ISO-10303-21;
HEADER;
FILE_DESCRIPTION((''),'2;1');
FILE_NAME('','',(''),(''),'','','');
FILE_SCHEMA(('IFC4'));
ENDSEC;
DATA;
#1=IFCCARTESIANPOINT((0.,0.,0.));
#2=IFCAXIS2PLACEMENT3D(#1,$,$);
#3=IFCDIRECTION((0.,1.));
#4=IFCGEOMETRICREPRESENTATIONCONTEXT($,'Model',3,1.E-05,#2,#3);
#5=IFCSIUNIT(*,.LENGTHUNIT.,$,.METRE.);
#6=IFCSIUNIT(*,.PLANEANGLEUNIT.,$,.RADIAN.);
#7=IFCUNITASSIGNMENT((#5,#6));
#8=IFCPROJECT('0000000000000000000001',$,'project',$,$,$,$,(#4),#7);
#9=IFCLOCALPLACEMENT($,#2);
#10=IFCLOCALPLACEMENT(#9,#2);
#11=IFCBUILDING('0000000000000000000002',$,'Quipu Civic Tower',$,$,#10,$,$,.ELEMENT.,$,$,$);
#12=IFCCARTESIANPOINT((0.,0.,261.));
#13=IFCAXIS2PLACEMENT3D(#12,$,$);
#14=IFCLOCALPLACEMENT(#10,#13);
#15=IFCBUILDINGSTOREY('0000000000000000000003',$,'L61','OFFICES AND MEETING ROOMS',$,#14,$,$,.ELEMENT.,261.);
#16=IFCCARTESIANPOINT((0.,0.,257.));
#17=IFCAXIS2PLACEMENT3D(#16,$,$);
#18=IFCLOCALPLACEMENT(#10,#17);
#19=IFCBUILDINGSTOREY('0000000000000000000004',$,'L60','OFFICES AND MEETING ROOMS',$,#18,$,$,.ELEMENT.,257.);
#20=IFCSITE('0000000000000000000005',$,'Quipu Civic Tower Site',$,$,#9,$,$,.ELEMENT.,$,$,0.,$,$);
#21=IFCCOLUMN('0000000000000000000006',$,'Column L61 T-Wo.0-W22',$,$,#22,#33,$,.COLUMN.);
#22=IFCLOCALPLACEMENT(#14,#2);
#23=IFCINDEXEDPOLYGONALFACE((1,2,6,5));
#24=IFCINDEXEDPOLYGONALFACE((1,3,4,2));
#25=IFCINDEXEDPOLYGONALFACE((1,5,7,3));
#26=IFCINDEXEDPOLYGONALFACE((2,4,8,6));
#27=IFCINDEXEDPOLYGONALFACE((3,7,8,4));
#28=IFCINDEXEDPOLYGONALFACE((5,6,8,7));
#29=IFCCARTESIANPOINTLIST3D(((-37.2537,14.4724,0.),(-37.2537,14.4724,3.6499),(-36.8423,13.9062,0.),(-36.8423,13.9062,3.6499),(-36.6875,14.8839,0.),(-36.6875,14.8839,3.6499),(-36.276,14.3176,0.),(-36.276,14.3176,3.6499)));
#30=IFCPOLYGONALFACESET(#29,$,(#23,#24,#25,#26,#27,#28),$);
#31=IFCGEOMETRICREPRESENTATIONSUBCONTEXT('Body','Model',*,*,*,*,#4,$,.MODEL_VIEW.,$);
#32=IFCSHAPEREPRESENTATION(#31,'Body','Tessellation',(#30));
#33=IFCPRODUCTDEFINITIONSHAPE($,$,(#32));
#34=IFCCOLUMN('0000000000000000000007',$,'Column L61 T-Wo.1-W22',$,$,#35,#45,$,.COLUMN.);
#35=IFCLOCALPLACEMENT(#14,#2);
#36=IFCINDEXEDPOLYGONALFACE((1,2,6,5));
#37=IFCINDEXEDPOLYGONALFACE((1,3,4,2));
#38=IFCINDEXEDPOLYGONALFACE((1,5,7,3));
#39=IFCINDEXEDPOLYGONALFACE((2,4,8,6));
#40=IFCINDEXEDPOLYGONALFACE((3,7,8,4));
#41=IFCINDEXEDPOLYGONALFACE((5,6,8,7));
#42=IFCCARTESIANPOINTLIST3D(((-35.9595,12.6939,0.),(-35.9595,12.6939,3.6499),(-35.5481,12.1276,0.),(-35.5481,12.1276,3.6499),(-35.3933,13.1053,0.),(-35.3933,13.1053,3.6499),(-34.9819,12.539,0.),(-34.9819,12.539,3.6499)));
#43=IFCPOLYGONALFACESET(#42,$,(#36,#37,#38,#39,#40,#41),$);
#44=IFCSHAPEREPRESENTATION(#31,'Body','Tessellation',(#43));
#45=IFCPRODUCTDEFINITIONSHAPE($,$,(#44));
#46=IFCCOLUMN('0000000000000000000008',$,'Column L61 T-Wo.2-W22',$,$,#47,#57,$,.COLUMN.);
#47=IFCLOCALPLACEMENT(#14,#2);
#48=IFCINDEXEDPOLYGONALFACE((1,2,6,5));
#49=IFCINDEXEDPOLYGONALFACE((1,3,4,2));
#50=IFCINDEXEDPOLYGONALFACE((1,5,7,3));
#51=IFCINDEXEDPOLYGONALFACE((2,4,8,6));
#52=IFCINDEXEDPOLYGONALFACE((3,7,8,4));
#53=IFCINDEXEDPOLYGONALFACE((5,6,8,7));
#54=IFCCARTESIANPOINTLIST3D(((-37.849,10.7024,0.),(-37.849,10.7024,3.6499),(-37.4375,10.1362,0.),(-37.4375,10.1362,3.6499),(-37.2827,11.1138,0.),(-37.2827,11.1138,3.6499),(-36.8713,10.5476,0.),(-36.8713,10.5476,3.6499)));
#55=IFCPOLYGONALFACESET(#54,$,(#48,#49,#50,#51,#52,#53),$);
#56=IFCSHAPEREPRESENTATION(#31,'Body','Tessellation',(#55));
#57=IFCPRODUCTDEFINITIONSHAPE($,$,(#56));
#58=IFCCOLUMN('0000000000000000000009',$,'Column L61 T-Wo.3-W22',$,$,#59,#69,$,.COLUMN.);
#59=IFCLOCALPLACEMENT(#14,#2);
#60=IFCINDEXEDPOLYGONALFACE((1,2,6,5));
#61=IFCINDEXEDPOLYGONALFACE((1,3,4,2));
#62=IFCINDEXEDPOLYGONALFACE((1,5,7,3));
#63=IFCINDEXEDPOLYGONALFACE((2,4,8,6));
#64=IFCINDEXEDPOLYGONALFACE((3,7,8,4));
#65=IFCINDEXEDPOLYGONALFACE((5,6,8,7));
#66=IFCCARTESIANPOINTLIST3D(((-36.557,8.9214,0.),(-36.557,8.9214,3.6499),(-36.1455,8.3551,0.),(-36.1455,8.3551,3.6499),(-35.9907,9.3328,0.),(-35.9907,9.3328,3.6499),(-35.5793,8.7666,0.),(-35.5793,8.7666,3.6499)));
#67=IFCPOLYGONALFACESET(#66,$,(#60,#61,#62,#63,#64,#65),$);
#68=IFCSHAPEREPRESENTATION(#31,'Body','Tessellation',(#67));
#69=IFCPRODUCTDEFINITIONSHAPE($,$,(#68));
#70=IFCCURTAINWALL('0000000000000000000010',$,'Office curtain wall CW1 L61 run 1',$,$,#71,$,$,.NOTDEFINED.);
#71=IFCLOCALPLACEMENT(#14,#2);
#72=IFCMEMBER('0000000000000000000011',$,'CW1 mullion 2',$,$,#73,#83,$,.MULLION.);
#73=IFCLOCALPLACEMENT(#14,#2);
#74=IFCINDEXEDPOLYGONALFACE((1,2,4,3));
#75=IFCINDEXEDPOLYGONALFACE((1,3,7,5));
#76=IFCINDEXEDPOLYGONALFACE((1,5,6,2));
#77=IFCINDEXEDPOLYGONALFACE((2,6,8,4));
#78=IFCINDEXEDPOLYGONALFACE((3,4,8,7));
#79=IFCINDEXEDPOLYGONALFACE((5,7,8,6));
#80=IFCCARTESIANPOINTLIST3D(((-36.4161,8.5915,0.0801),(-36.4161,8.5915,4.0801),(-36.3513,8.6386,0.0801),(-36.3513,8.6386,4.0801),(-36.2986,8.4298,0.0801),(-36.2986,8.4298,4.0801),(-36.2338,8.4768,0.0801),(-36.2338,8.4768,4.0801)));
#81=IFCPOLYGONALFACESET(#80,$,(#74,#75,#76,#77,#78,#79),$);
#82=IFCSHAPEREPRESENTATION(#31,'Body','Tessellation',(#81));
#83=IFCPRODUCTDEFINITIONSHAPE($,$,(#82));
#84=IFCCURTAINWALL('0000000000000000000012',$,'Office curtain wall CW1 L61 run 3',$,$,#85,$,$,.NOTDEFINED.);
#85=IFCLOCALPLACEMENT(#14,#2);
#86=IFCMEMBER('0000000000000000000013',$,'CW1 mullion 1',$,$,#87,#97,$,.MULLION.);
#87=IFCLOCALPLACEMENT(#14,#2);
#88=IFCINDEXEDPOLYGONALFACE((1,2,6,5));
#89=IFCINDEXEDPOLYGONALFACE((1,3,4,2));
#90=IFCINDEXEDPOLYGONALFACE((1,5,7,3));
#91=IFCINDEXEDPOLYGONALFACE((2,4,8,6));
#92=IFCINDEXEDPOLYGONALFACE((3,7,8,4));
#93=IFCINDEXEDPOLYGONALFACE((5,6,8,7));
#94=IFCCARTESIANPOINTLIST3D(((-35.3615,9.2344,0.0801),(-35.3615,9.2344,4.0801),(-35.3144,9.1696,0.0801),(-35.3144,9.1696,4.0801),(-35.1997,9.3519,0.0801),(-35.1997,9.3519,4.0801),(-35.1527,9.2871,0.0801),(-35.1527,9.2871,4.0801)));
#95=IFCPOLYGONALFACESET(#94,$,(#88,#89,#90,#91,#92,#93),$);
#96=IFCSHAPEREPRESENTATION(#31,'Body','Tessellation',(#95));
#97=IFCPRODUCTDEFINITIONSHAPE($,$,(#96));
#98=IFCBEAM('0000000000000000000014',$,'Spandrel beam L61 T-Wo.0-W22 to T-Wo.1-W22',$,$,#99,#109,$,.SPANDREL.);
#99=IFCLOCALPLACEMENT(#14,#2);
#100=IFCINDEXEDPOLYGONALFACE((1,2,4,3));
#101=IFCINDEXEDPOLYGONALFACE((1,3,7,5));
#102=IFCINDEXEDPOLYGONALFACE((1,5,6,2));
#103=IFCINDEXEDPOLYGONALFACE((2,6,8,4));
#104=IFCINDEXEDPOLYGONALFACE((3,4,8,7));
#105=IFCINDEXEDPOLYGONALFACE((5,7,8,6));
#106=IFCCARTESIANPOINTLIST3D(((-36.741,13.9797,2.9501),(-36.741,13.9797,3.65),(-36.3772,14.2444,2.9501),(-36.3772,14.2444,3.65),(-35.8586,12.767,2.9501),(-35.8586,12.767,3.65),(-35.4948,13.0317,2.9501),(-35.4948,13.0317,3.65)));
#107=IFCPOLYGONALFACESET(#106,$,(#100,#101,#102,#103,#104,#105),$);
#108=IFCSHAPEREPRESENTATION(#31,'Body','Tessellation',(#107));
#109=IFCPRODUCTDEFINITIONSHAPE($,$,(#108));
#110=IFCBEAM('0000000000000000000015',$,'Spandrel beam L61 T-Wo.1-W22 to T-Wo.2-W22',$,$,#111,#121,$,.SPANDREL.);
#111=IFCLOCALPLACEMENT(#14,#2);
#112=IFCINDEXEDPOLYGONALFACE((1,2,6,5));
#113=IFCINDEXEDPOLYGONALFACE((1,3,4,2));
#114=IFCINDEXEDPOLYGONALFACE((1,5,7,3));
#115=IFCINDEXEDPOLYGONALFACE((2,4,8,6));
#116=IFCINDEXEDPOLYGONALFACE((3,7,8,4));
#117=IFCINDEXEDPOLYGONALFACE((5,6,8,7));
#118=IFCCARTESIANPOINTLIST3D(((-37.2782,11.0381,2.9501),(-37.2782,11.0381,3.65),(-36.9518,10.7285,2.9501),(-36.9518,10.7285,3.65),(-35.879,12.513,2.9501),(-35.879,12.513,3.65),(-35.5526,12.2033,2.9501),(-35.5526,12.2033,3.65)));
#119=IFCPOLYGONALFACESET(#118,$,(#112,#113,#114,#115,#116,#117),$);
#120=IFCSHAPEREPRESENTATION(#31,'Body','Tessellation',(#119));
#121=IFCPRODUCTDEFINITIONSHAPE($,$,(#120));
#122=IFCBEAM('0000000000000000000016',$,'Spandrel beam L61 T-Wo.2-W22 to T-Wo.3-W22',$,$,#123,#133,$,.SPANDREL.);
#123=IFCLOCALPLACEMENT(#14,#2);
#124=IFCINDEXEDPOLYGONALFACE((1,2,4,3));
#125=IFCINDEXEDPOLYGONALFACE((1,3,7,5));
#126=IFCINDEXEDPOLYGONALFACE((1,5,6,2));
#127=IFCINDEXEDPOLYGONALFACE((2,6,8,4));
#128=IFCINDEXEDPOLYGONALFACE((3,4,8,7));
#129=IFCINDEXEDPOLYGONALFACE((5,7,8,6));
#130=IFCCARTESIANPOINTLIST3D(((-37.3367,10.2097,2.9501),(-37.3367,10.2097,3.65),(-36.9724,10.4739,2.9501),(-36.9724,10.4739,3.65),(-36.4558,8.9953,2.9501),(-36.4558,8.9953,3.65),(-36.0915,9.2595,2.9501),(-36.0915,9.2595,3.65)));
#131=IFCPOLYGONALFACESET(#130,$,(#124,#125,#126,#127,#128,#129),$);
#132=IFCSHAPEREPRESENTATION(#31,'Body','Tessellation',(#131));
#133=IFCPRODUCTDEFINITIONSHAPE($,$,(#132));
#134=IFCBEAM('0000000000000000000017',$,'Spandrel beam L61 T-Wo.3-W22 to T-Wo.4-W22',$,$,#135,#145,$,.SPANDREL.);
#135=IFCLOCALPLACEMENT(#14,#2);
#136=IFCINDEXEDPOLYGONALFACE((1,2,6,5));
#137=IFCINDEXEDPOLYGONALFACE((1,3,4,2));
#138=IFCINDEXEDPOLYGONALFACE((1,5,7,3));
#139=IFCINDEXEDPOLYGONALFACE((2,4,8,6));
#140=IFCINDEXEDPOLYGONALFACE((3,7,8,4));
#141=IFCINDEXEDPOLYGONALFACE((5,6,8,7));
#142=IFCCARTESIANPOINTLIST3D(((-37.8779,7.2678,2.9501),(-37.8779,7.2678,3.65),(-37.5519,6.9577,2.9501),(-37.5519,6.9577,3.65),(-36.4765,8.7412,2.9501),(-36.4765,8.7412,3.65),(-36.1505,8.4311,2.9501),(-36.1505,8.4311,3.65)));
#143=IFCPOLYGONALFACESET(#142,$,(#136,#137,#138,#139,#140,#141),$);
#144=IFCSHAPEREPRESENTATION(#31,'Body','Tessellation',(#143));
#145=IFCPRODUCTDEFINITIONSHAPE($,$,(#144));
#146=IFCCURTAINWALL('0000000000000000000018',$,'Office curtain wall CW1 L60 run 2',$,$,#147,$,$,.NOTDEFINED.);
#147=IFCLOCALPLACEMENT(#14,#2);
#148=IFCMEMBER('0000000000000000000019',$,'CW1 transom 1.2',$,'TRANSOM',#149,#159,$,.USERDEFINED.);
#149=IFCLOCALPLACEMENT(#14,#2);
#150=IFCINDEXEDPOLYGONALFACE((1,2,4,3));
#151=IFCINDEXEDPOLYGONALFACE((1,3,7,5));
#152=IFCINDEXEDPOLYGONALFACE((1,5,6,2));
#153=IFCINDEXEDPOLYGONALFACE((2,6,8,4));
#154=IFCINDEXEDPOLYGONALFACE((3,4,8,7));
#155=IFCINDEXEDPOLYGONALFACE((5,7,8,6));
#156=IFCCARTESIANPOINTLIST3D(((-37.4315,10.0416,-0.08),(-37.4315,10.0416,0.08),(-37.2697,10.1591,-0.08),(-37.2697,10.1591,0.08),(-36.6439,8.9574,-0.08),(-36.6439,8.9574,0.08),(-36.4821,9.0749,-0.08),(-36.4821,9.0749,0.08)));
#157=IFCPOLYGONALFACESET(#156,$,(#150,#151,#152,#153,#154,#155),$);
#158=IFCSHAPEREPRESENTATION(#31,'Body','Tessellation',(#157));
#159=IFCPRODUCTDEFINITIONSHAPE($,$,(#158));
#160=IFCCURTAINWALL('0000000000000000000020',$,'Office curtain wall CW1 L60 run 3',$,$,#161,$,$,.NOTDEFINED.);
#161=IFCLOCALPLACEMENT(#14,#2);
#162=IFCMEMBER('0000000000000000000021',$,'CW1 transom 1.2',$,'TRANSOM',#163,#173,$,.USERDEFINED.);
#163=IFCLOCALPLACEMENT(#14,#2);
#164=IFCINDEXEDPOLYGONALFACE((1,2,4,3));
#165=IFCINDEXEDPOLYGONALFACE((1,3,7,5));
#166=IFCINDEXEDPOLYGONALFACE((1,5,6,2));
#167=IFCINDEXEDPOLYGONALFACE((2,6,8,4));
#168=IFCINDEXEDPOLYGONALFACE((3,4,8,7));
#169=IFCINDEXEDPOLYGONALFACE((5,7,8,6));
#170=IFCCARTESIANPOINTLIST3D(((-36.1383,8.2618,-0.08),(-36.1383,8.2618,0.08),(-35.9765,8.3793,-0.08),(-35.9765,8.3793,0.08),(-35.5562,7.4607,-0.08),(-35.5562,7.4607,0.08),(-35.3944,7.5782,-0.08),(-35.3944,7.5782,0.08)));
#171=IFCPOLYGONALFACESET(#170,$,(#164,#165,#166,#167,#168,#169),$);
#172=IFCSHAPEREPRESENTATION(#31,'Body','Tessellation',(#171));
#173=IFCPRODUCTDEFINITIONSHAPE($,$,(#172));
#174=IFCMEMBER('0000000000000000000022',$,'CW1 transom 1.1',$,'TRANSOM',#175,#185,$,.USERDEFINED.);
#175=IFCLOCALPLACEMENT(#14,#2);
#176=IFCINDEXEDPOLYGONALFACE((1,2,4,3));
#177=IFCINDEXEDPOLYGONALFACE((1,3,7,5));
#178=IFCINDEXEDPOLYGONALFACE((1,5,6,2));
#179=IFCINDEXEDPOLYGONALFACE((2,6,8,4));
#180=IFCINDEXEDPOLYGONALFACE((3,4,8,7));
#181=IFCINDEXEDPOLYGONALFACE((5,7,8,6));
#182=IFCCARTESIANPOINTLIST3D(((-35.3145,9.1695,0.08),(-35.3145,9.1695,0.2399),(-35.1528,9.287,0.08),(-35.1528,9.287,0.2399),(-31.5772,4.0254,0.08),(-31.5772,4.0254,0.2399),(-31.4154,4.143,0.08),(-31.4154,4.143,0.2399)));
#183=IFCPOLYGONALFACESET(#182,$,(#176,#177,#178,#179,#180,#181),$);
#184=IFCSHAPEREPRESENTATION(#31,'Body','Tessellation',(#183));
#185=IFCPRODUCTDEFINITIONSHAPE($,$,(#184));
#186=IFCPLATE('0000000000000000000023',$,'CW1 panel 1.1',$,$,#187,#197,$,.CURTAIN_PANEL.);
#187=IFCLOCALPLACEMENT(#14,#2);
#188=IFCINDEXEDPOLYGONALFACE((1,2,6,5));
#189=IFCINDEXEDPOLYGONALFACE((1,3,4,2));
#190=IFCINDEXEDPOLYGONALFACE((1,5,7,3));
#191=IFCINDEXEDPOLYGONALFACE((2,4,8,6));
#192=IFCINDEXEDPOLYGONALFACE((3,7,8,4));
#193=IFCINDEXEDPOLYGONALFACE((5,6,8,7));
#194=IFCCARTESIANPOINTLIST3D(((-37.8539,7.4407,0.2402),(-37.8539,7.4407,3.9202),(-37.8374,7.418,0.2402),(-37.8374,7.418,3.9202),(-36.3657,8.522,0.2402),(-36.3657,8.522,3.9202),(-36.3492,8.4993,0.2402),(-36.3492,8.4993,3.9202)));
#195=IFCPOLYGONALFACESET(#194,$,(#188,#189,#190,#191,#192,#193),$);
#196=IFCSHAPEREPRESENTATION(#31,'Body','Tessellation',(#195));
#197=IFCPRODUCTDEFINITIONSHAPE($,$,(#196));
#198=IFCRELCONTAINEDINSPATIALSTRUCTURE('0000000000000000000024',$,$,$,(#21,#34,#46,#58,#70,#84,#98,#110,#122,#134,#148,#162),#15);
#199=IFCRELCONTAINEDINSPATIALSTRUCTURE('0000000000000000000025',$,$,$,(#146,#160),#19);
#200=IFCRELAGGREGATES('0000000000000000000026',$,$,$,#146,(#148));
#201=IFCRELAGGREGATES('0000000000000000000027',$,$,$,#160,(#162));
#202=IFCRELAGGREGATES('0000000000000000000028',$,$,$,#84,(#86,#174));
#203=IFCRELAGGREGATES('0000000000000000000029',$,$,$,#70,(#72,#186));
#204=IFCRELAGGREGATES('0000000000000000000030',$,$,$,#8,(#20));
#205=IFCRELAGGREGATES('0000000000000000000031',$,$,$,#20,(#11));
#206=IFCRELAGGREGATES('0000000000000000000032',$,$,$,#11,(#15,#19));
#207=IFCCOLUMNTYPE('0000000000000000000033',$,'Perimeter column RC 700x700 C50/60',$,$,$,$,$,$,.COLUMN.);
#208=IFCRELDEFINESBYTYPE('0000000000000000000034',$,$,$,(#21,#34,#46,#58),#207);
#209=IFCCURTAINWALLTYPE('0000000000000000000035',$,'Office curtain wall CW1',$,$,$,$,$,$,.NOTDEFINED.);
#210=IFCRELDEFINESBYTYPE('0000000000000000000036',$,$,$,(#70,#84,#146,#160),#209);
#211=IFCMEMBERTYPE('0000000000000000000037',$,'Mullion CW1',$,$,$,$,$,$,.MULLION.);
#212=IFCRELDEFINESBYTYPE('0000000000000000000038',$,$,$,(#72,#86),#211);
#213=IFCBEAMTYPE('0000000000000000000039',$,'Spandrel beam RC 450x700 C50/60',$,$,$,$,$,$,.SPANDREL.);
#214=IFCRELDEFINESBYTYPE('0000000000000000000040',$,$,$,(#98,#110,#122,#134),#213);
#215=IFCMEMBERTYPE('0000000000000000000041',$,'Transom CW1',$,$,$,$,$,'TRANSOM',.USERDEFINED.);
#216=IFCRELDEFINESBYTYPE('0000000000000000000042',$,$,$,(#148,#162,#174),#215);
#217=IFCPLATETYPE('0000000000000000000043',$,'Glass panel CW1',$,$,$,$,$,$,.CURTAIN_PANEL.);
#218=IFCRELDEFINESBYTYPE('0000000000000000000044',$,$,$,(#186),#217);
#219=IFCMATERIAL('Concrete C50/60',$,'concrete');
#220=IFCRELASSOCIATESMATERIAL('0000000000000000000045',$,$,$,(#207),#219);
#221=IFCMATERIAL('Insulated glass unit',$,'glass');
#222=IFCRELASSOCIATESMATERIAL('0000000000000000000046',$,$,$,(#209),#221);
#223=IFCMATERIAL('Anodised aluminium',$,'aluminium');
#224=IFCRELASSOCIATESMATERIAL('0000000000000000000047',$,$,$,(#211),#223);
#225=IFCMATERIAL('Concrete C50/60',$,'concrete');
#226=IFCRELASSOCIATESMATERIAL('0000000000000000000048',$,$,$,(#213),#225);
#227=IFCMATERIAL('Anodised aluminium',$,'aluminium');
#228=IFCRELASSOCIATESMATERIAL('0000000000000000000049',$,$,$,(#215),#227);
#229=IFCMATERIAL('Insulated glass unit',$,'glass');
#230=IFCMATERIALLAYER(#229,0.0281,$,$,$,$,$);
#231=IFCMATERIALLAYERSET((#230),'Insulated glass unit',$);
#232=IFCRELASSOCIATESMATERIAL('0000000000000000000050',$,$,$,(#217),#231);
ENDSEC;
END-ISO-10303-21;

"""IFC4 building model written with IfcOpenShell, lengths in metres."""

from ifc_helpers import new_model, si_unit, direction, frame, origin, origin_2d, place, context, subcontext, project, spatial, rectangle, extrude, material, layer, layer_set, material_profile, profile_set, type_object, element, aggregate, save


model = new_model("IFC4")

# Units and contexts
model_context = context("Model", 3, precision=1e-05, world=origin(), true_north=direction((0.0, 1.0)))
body_context = subcontext(model_context, "Body", "Model", "MODEL_VIEW")
ifc_project = project(units=[si_unit("LENGTHUNIT", "METRE"), si_unit("PLANEANGLEUNIT", "RADIAN")], contexts=[model_context])

# Site, building, storey
site_placement = place(None, origin())
site = spatial("IfcSite", under=ifc_project, at=site_placement, Name="Quipu Civic Tower Site", CompositionType="ELEMENT", RefElevation=0.0)
building_placement = place(site_placement, origin())
building = spatial("IfcBuilding", under=site, at=building_placement, Name="Quipu Civic Tower", CompositionType="ELEMENT")
storey_1_placement = place(building_placement, frame((0.0, 0.0, 261.0)))
storey_1 = spatial("IfcBuildingStorey", under=building, at=storey_1_placement, Name="L61", Description="OFFICES AND MEETING ROOMS", CompositionType="ELEMENT", Elevation=261.0)

# Columns
ifc_material_1 = material(Name="Concrete C50/60", Category="concrete")
ifc_material_profile_1 = material_profile(ifc_material_1, rectangle(XDim=0.7, YDim=0.7, at=origin_2d()), Name="RC700x700")
ifc_profile_set_1 = profile_set([ifc_material_profile_1], Name="Concrete C50/60")
column_type = type_object("IfcColumnType", Name="Perimeter column RC 700x700 C50/60", PredefinedType="COLUMN", material=ifc_profile_set_1)
for number, where, z_axis, x_axis, name in (
    (1, (-36.7649, 14.395, 0.0), (0.0, 0.0, 1.0), (0.587785, -0.809017, 0.0), "Column L61 T-Wo.0-W22"),
    (2, (-35.4707, 12.6165, 0.0), (0.0, 0.0, 1.0), (-0.809017, -0.587785, 0.0), "Column L61 T-Wo.1-W22"),
    (3, (-37.3601, 10.625, 0.0), (0.0, 0.0, 1.0), (0.587785, -0.809017, 0.0), "Column L61 T-Wo.2-W22"),
    (4, (-36.0681, 8.844, 0.0), (0.0, 0.0, 1.0), (0.587785, -0.809017, 0.0), "Column L61 T-Wo.3-W22"),
):
    element("IfcColumn", number, at=place(storey_1_placement, frame(where, z_axis=z_axis, x_axis=x_axis)), inside=storey_1, type_object=column_type, Name=name, PredefinedType="COLUMN", context=body_context, shape_type="SweptSolid", body=[
        extrude(rectangle(XDim=0.7, YDim=0.7, at=origin_2d()), origin(), (0.0, 0.0, 1.0), 3.6499),
    ])

# Curtain walls, members
ifc_material_2 = material(Name="Insulated glass unit", Category="glass")
curtain_wall_type = type_object("IfcCurtainWallType", Name="Office curtain wall CW1", PredefinedType="NOTDEFINED", material=ifc_material_2)
curtain_wall_1_placement = place(storey_1_placement, origin())
curtain_wall_1 = element("IfcCurtainWall", 5, at=curtain_wall_1_placement, inside=storey_1, type_object=curtain_wall_type, Name="Office curtain wall CW1 L61 run 1", PredefinedType="NOTDEFINED")
ifc_material_3 = material(Name="Anodised aluminium", Category="aluminium")
ifc_material_profile_2 = material_profile(ifc_material_3, rectangle(XDim=0.2, YDim=0.0801, at=origin_2d()), Name="RECT 200x80")
ifc_profile_set_2 = profile_set([ifc_material_profile_2], Name="Anodised aluminium")
member_type_1 = type_object("IfcMemberType", Name="Mullion CW1", PredefinedType="MULLION", material=ifc_profile_set_2)
member_1_placement = place(storey_1_placement, frame((-36.325, 8.5342, 0.0801), z_axis=(0.0, 0.0, 1.0), x_axis=(-0.587785, 0.809017, 0.0)))
member_1 = element("IfcMember", 6, at=member_1_placement, type_object=member_type_1, Name="CW1 mullion 2", PredefinedType="MULLION", context=body_context, shape_type="SweptSolid", body=[
    extrude(rectangle(XDim=0.2, YDim=0.0801, at=origin_2d()), origin(), (0.0, 0.0, 1.0), 4.0),
])
curtain_wall_2_placement = place(storey_1_placement, origin())
curtain_wall_2 = element("IfcCurtainWall", 7, at=curtain_wall_2_placement, inside=storey_1, type_object=curtain_wall_type, Name="Office curtain wall CW1 L61 run 3", PredefinedType="NOTDEFINED")
member_2_placement = place(storey_1_placement, frame((-35.2571, 9.2607, 0.0801), z_axis=(0.0, 0.0, 1.0), x_axis=(0.809017, 0.587786, 0.0)))
member_2 = element("IfcMember", 8, at=member_2_placement, type_object=member_type_1, Name="CW1 mullion 1", PredefinedType="MULLION", context=body_context, shape_type="SweptSolid", body=[
    extrude(rectangle(XDim=0.2, YDim=0.0801, at=origin_2d()), origin(), (0.0, 0.0, 1.0), 4.0),
])

# Beams
ifc_material_4 = material(Name="Concrete C50/60", Category="concrete")
ifc_material_profile_3 = material_profile(ifc_material_4, rectangle(XDim=0.45, YDim=0.7, at=origin_2d()), Name="RC450x700")
ifc_profile_set_3 = profile_set([ifc_material_profile_3], Name="Concrete C50/60")
beam_type = type_object("IfcBeamType", Name="Spandrel beam RC 450x700 C50/60", PredefinedType="SPANDREL", material=ifc_profile_set_3)
beam_1_placement = place(storey_1_placement, frame((-36.5591, 14.1121, 3.3), z_axis=(0.588346, -0.808609, 0.0), x_axis=(0.808609, 0.588346, 0.0)))
element("IfcBeam", 9, at=beam_1_placement, inside=storey_1, type_object=beam_type, Name="Spandrel beam L61 T-Wo.0-W22 to T-Wo.1-W22", PredefinedType="SPANDREL", context=body_context, shape_type="SweptSolid", body=[
    extrude(rectangle(XDim=0.45, YDim=0.7, at=origin_2d()), origin(), (0.0, 0.0, 1.0), 1.4998),
])
beam_2_placement = place(storey_1_placement, frame((-35.7158, 12.3582, 3.3), z_axis=(-0.688247, -0.725476, 0.0), x_axis=(0.725476, -0.688247, 0.0)))
element("IfcBeam", 10, at=beam_2_placement, inside=storey_1, type_object=beam_type, Name="Spandrel beam L61 T-Wo.1-W22 to T-Wo.2-W22", PredefinedType="SPANDREL", context=body_context, shape_type="SweptSolid", body=[
    extrude(rectangle(XDim=0.45, YDim=0.7, at=origin_2d()), origin(), (0.0, 0.0, 1.0), 2.033),
])
beam_3_placement = place(storey_1_placement, frame((-37.1545, 10.3418, 3.3), z_axis=(0.587165, -0.809467, 0.0), x_axis=(0.809467, 0.587165, 0.0)))
element("IfcBeam", 11, at=beam_3_placement, inside=storey_1, type_object=beam_type, Name="Spandrel beam L61 T-Wo.2-W22 to T-Wo.3-W22", PredefinedType="SPANDREL", context=body_context, shape_type="SweptSolid", body=[
    extrude(rectangle(XDim=0.45, YDim=0.7, at=origin_2d()), origin(), (0.0, 0.0, 1.0), 1.5002),
])
beam_4_placement = place(storey_1_placement, frame((-36.3135, 8.5862, 3.3), z_axis=(-0.689175, -0.724595, 0.0), x_axis=(0.724595, -0.689175, 0.0)))
element("IfcBeam", 12, at=beam_4_placement, inside=storey_1, type_object=beam_type, Name="Spandrel beam L61 T-Wo.3-W22 to T-Wo.4-W22", PredefinedType="SPANDREL", context=body_context, shape_type="SweptSolid", body=[
    extrude(rectangle(XDim=0.45, YDim=0.7, at=origin_2d()), origin(), (0.0, 0.0, 1.0), 2.0334),
])

# Shared definitions
storey_2_placement = place(building_placement, frame((0.0, 0.0, 257.0)))
storey_2 = spatial("IfcBuildingStorey", under=building, at=storey_2_placement, Name="L60", Description="OFFICES AND MEETING ROOMS", CompositionType="ELEMENT", Elevation=257.0)

# Curtain walls, members
curtain_wall_3_placement = place(storey_2_placement, origin())
curtain_wall_3 = element("IfcCurtainWall", 13, at=curtain_wall_3_placement, inside=storey_2, type_object=curtain_wall_type, Name="Office curtain wall CW1 L60 run 2", PredefinedType="NOTDEFINED")
ifc_material_5 = material(Name="Anodised aluminium", Category="aluminium")
ifc_material_profile_4 = material_profile(ifc_material_5, rectangle(XDim=0.2, YDim=0.1599, at=origin_2d()), Name="RECT 200x160")
ifc_profile_set_4 = profile_set([ifc_material_profile_4], Name="Anodised aluminium")
member_type_2 = type_object("IfcMemberType", Name="Transom CW1", ElementType="TRANSOM", PredefinedType="USERDEFINED", material=ifc_profile_set_4)
member_3_placement = place(storey_1_placement, frame((-37.3506, 10.1003, 0.0), z_axis=(0.587717, -0.809067, 0.0), x_axis=(0.809067, 0.587717, 0.0)))
member_3 = element("IfcMember", 14, at=member_3_placement, inside=storey_1, type_object=member_type_2, Name="CW1 transom 1.2", ObjectType="TRANSOM", PredefinedType="USERDEFINED", context=body_context, shape_type="SweptSolid", body=[
    extrude(rectangle(XDim=0.2, YDim=0.1599, at=origin_2d()), origin(), (0.0, 0.0, 1.0), 1.3401),
])
aggregate(curtain_wall_3, [member_3])
curtain_wall_4_placement = place(storey_2_placement, origin())
curtain_wall_4 = element("IfcCurtainWall", 15, at=curtain_wall_4_placement, inside=storey_2, type_object=curtain_wall_type, Name="Office curtain wall CW1 L60 run 3", PredefinedType="NOTDEFINED")
member_4_placement = place(storey_1_placement, frame((-36.0574, 8.3206, 0.0), z_axis=(0.58782, -0.808992, 0.0), x_axis=(0.808992, 0.58782, 0.0)))
member_4 = element("IfcMember", 16, at=member_4_placement, inside=storey_1, type_object=member_type_2, Name="CW1 transom 1.2", ObjectType="TRANSOM", PredefinedType="USERDEFINED", context=body_context, shape_type="SweptSolid", body=[
    extrude(rectangle(XDim=0.2, YDim=0.1599, at=origin_2d()), origin(), (0.0, 0.0, 1.0), 0.9902),
])
aggregate(curtain_wall_4, [member_4])

# Member
member_5_placement = place(storey_1_placement, frame((-35.2336, 9.2283, 0.1599), z_axis=(0.587779, -0.809022, 0.0), x_axis=(0.809022, 0.587779, 0.0)))
member_5 = element("IfcMember", 17, at=member_5_placement, type_object=member_type_2, Name="CW1 transom 1.1", ObjectType="TRANSOM", PredefinedType="USERDEFINED", context=body_context, shape_type="SweptSolid", body=[
    extrude(rectangle(XDim=0.2, YDim=0.1599, at=origin_2d()), origin(), (0.0, 0.0, 1.0), 6.3584),
])
aggregate(curtain_wall_2, [member_2, member_5])

# Plate
ifc_material_6 = material(Name="Insulated glass unit", Category="glass")
ifc_layer = layer(ifc_material_6, 0.0281)
ifc_layer_set = layer_set([ifc_layer], Name="Insulated glass unit")
plate_type_1 = type_object("IfcPlateType", Name="Glass panel CW1", PredefinedType="CURTAIN_PANEL", material=ifc_layer_set)
plate_1_placement = place(storey_1_placement, frame((-37.1016, 7.97, 0.2402), z_axis=(0.0, 0.0, 1.0), x_axis=(0.809017, 0.587785, 0.0)))
plate_1 = element("IfcPlate", 18, at=plate_1_placement, type_object=plate_type_1, Name="CW1 panel 1.1", PredefinedType="CURTAIN_PANEL", context=body_context, shape_type="SweptSolid", body=[
    extrude(rectangle(XDim=1.8396, YDim=0.0281, at=origin_2d()), origin(), (0.0, 0.0, 1.0), 3.6799),
])
aggregate(curtain_wall_1, [member_1, plate_1])

save(model, "model.ifc")
